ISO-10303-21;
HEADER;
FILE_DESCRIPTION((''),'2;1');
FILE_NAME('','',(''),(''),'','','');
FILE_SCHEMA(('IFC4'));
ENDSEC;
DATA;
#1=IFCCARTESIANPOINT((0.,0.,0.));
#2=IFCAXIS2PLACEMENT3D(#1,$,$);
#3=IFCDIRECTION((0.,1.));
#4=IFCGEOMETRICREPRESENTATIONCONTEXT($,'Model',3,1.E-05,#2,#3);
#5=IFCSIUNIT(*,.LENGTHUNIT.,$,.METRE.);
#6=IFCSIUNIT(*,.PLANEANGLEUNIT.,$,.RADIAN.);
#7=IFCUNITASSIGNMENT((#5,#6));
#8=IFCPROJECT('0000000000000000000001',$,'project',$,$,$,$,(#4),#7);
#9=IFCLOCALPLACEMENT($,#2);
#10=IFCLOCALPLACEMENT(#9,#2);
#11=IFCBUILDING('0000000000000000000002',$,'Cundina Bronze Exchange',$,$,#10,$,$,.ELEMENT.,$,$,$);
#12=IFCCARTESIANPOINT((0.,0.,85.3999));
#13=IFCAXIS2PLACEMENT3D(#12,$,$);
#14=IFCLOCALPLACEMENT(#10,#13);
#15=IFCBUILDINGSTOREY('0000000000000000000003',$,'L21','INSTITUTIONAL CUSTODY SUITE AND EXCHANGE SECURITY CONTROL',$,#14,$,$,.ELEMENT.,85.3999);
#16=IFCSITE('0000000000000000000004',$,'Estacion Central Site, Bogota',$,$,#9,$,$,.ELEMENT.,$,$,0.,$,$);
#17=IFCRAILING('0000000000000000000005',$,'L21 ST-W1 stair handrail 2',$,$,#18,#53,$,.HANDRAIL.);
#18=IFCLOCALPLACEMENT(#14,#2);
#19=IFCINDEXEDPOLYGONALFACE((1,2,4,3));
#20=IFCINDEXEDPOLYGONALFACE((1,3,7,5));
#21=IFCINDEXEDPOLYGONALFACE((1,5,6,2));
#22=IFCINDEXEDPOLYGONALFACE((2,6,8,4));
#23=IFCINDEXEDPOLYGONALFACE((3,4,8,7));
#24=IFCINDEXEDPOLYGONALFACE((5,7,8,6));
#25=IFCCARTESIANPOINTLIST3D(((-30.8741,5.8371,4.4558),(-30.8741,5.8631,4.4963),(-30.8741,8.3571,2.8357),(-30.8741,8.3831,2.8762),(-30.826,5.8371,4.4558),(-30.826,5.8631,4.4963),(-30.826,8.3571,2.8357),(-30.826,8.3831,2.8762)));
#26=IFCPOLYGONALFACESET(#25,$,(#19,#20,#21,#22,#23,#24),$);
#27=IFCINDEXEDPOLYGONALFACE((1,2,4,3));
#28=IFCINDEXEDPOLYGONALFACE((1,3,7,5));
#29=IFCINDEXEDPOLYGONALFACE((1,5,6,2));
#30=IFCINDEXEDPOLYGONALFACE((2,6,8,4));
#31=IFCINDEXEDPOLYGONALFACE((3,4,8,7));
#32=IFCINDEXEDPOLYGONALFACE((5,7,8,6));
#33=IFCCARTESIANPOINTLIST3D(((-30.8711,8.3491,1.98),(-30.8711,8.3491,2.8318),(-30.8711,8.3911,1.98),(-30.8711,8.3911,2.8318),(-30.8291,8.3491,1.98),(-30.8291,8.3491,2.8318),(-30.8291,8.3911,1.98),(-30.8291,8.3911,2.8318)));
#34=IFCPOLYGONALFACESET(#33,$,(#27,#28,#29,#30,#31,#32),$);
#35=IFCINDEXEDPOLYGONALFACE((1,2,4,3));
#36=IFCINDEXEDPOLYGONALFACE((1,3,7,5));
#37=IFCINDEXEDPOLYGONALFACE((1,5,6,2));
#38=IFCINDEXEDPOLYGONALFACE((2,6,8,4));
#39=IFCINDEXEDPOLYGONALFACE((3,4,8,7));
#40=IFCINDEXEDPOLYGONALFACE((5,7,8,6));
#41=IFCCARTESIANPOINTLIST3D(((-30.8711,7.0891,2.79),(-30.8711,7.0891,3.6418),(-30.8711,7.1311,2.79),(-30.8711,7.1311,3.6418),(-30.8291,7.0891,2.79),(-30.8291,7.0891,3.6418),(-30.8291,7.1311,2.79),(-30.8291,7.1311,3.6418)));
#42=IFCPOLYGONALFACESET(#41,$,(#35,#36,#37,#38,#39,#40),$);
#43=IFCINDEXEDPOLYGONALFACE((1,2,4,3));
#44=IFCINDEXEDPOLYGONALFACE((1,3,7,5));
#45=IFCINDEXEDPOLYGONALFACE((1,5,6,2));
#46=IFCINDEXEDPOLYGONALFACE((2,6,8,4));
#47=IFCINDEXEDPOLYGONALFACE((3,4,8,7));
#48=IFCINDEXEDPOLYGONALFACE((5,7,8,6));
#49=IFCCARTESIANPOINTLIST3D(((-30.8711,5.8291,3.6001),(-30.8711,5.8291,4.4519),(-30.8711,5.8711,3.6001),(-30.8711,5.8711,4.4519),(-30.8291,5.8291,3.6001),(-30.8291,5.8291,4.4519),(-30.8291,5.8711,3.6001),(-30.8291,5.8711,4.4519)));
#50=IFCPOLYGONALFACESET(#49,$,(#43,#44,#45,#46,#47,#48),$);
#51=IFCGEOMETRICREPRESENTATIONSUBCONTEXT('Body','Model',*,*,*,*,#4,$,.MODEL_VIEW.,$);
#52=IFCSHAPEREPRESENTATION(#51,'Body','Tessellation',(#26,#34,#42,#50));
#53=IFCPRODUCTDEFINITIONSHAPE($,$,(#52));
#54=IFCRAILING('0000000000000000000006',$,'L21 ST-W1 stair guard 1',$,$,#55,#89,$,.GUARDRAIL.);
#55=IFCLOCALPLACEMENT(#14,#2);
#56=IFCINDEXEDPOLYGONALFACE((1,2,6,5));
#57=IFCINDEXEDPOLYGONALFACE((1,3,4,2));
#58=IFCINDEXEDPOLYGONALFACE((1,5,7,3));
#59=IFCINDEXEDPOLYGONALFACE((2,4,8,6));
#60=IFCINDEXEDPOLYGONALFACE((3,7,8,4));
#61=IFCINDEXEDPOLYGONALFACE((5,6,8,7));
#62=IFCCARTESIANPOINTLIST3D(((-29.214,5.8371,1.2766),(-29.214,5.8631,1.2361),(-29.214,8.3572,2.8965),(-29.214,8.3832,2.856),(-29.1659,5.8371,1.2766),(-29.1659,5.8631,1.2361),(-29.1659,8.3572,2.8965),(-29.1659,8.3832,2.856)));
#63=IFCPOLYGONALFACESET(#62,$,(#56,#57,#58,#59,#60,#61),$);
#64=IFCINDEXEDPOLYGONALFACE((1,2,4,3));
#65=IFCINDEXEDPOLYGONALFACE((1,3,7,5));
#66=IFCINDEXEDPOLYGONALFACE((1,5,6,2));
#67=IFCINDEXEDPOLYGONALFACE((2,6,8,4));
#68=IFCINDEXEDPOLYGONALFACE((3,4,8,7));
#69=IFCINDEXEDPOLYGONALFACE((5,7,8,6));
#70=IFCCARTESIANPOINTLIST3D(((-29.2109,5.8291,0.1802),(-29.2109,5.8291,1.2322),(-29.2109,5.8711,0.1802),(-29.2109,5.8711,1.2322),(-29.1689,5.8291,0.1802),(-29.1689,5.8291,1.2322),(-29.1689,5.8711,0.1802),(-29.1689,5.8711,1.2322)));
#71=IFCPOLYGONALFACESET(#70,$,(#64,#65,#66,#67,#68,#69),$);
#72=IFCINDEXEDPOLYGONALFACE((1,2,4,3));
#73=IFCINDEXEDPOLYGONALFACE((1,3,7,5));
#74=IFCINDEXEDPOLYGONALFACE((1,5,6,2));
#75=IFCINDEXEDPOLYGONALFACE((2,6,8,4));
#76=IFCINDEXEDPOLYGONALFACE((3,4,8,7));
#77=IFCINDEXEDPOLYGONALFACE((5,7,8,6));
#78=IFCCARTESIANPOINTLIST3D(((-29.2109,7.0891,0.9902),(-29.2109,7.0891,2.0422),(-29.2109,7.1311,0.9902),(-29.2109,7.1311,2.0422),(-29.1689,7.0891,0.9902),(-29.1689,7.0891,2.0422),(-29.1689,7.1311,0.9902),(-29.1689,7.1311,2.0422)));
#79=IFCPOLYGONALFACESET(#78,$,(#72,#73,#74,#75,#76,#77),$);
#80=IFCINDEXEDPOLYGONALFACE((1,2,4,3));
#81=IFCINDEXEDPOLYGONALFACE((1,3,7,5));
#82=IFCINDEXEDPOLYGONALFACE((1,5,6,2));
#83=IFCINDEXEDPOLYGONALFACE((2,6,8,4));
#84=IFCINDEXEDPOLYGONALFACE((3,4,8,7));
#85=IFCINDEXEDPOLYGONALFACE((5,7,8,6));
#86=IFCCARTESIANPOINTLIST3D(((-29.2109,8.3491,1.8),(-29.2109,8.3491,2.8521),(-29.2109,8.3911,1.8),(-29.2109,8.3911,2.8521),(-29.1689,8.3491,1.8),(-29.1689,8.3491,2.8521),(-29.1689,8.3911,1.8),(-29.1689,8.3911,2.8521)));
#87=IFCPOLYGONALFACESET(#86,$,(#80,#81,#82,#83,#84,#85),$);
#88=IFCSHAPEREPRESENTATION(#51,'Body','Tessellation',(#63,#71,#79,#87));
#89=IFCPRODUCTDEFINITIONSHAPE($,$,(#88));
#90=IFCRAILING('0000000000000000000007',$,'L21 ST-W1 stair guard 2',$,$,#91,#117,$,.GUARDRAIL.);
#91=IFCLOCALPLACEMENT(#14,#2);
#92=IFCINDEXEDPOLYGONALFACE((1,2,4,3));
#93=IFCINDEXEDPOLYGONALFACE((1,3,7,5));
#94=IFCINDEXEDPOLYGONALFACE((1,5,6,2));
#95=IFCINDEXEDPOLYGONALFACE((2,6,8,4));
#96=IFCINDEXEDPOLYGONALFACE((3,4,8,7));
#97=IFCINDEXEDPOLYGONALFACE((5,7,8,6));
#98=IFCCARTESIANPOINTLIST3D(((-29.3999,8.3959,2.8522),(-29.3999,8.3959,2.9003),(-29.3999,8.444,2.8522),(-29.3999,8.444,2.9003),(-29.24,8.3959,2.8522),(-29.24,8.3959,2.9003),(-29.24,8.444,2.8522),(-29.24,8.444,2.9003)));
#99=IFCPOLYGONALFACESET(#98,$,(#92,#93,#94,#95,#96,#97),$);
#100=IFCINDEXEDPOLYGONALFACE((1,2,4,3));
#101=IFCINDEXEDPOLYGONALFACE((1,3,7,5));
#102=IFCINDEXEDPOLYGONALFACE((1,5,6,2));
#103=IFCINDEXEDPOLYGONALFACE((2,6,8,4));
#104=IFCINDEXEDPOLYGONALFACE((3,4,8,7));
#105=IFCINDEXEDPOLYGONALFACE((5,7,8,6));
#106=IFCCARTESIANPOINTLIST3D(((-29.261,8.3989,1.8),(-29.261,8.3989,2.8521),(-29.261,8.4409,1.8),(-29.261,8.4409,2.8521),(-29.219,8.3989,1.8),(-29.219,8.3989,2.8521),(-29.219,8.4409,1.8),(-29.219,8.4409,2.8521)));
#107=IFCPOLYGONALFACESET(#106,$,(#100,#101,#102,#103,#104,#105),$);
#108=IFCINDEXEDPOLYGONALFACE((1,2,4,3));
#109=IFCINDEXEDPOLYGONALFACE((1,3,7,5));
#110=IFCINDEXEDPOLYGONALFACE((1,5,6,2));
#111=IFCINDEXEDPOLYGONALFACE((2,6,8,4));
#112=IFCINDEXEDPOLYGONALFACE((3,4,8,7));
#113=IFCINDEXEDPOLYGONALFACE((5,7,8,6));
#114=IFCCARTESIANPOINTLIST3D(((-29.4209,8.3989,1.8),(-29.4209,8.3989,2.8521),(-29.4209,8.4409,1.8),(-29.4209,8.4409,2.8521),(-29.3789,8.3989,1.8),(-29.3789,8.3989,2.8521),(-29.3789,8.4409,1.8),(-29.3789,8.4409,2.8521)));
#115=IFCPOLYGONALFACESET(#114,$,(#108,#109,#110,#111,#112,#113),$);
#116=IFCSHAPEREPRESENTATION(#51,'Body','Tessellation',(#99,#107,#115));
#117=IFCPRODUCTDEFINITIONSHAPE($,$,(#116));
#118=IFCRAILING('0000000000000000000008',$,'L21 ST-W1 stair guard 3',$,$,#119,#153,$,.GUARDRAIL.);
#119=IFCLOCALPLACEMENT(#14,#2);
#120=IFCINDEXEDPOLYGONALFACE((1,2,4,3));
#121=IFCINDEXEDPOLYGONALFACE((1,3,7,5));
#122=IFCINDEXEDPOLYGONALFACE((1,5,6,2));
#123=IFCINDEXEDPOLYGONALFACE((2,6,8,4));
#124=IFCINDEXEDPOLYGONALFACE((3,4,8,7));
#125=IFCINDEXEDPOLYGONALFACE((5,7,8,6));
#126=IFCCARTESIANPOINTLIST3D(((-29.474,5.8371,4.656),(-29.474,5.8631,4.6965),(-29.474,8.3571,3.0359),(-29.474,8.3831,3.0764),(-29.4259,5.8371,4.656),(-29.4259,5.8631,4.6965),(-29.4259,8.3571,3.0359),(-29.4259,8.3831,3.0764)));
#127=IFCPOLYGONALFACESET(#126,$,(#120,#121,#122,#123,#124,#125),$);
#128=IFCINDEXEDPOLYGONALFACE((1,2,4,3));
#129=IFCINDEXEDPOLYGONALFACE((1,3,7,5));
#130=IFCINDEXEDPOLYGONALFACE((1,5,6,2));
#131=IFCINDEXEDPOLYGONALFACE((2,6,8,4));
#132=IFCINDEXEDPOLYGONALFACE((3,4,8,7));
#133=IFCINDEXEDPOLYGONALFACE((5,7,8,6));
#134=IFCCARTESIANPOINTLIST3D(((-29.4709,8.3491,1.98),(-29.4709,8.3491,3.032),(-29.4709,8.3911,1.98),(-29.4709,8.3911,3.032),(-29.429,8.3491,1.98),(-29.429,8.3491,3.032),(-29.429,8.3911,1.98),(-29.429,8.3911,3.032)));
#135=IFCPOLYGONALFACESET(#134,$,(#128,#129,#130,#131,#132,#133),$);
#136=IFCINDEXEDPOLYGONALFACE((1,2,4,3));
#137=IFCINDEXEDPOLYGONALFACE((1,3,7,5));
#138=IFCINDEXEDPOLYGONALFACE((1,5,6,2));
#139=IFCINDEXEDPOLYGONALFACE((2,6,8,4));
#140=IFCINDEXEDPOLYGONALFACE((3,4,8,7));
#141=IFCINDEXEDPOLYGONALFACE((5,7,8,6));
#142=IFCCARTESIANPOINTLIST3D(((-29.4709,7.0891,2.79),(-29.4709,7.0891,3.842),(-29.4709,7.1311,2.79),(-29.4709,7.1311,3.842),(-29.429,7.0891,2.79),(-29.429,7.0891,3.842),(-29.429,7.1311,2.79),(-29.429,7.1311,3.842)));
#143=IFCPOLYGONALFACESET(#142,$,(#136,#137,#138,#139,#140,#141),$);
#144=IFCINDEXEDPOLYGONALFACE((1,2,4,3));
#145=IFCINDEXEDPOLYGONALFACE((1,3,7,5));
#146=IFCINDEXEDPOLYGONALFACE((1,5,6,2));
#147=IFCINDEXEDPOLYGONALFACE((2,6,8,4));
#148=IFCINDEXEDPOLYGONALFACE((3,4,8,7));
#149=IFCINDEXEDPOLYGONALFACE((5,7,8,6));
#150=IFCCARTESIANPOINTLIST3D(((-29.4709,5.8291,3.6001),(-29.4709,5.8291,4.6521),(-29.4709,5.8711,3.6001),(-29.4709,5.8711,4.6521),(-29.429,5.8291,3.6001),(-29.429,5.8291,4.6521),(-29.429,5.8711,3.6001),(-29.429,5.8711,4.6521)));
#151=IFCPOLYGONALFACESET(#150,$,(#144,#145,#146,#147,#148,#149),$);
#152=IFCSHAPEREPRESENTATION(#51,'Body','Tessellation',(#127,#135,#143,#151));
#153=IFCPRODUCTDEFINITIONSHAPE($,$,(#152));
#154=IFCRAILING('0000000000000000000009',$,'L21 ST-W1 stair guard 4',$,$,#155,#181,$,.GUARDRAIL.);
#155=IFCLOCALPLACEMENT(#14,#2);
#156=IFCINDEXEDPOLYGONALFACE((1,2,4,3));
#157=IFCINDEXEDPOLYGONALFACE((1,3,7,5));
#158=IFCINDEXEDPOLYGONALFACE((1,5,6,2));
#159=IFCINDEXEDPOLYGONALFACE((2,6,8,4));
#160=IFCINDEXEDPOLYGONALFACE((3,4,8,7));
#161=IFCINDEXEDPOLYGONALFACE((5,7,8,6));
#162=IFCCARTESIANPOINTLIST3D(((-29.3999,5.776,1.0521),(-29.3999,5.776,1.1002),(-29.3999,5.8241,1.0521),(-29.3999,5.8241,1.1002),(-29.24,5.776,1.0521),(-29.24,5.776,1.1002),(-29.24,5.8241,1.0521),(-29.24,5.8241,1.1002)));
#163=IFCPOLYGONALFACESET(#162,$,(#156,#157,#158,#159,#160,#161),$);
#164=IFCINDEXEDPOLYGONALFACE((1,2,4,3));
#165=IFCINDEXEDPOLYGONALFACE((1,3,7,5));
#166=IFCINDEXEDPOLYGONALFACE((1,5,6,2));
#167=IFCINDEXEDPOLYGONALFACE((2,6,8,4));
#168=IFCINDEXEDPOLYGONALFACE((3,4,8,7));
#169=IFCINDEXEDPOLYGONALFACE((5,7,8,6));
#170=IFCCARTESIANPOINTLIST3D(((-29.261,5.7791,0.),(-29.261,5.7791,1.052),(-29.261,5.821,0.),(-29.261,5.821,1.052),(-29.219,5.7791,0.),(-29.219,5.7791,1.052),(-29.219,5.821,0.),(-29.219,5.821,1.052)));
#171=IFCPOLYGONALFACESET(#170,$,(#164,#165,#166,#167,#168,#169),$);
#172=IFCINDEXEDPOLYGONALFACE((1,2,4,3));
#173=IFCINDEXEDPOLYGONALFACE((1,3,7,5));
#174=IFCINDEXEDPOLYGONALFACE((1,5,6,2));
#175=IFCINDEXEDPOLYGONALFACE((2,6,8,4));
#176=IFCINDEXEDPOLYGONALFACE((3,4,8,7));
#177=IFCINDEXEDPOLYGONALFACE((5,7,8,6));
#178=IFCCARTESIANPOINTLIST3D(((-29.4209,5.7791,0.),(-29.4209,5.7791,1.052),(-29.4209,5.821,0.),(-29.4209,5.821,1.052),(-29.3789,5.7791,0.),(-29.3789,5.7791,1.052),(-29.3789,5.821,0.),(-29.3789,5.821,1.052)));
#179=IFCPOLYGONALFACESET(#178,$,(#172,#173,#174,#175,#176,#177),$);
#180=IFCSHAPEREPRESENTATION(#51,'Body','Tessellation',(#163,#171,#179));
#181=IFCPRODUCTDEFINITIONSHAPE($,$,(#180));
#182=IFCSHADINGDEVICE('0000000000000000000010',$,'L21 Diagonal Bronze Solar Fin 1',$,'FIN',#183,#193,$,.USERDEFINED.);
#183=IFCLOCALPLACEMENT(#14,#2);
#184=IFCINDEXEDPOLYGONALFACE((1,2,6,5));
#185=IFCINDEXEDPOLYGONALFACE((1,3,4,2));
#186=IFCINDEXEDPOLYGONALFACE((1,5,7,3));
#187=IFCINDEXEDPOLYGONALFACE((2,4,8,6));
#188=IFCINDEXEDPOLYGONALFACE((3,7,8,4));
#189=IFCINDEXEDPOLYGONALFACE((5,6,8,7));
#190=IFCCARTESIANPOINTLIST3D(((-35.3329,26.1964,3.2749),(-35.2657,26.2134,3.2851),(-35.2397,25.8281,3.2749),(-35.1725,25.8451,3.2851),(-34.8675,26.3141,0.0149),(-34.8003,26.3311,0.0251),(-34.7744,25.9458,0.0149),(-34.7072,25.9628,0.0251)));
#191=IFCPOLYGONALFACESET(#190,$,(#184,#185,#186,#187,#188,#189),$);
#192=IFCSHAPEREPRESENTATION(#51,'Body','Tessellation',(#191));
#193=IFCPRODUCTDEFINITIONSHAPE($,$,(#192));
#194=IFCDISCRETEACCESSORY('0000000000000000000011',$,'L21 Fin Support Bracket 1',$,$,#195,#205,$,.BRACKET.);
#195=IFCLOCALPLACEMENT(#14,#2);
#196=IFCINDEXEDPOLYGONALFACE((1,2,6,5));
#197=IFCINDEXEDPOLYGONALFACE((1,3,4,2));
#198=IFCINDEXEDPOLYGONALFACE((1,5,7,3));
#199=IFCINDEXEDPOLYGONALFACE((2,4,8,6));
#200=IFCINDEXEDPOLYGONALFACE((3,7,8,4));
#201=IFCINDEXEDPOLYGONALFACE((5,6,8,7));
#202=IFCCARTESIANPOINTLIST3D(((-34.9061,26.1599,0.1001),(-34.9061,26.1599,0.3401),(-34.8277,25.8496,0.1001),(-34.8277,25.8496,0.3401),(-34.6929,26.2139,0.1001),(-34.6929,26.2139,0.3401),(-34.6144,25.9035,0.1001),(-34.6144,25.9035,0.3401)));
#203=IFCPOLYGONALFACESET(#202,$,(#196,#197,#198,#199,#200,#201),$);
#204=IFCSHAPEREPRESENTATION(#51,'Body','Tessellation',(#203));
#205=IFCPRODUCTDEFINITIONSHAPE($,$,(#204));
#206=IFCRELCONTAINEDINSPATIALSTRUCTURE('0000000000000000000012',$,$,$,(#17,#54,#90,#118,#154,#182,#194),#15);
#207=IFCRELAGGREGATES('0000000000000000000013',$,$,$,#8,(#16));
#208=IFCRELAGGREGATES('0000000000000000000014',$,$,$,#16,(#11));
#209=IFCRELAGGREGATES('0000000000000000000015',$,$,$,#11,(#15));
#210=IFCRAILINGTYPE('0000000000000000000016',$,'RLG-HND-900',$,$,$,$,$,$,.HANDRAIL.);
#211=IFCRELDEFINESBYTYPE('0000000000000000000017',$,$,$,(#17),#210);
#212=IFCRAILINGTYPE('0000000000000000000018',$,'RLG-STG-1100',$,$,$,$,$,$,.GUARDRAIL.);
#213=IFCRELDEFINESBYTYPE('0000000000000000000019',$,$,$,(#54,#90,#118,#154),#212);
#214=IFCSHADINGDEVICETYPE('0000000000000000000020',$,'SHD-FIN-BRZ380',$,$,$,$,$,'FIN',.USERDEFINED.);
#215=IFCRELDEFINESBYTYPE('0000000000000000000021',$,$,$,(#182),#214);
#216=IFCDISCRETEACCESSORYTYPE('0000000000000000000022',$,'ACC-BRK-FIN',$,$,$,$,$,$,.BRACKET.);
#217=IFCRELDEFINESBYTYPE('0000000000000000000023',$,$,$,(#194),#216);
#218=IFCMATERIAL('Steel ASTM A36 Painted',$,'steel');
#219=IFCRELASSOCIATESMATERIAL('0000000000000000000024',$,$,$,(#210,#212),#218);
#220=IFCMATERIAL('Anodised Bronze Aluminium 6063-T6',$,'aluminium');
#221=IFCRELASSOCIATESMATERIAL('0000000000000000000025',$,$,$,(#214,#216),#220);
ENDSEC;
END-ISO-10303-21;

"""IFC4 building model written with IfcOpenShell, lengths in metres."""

from ifc_helpers import new_model, si_unit, direction, frame, origin, origin_2d, place, context, subcontext, project, spatial, rectangle, extrude, material, material_profile, profile_set, type_object, element, save


model = new_model("IFC4")

# Units and contexts
model_context = context("Model", 3, precision=1e-05, world=origin(), true_north=direction((0.0, 1.0)))
body_context = subcontext(model_context, "Body", "Model", "MODEL_VIEW")
ifc_project = project(units=[si_unit("LENGTHUNIT", "METRE"), si_unit("PLANEANGLEUNIT", "RADIAN")], contexts=[model_context])

# Site, building, storey
site_placement = place(None, origin())
site = spatial("IfcSite", under=ifc_project, at=site_placement, Name="Estacion Central Site, Bogota", CompositionType="ELEMENT", RefElevation=0.0)
building_placement = place(site_placement, origin())
building = spatial("IfcBuilding", under=site, at=building_placement, Name="Cundina Bronze Exchange", CompositionType="ELEMENT")
storey_placement = place(building_placement, frame((0.0, 0.0, 85.3999)))
storey = spatial("IfcBuildingStorey", under=building, at=storey_placement, Name="L21", Description="INSTITUTIONAL CUSTODY SUITE AND EXCHANGE SECURITY CONTROL", CompositionType="ELEMENT", Elevation=85.3999)

# Shared definitions
ifc_material_1 = material(Name="Anodised Bronze Aluminium 6063-T6", Category="aluminium")

# Shared definitions
ifc_material_2 = material(Name="Steel ASTM A36 Painted", Category="steel")

# Railings
railing_type_1 = type_object("IfcRailingType", Name="RLG-HND-900", PredefinedType="HANDRAIL", material=ifc_material_2)
railing_1_placement = place(storey_placement, frame((-30.8501, 8.3701, 1.98)))
element("IfcRailing", 1, at=railing_1_placement, inside=storey, type_object=railing_type_1, Name="L21 ST-W1 stair handrail 2", PredefinedType="HANDRAIL", context=body_context, shape_type="SweptSolid", body=[
    extrude(rectangle(XDim=0.0481, YDim=0.0481, at=origin_2d()), frame((0.0, 0.0, 0.876), z_axis=(0.0, -0.841163, 0.540782), x_axis=(1.0, 0.0, 0.0)), (0.0, 0.0, 1.0), 2.9958),
    extrude(rectangle(XDim=0.042, YDim=0.042, at=origin_2d()), origin(), (0.0, 0.0, 1.0), 0.8518),
    extrude(rectangle(XDim=0.042, YDim=0.042, at=origin_2d()), frame((0.0, -1.26, 0.8101)), (0.0, 0.0, 1.0), 0.8518),
    extrude(rectangle(XDim=0.042, YDim=0.042, at=origin_2d()), frame((0.0, -2.52, 1.6201)), (0.0, 0.0, 1.0), 0.8518),
])
railing_type_2 = type_object("IfcRailingType", Name="RLG-STG-1100", PredefinedType="GUARDRAIL", material=ifc_material_2)
railing_2_placement = place(storey_placement, frame((-29.1899, 5.8501, 0.1802)))
element("IfcRailing", 2, at=railing_2_placement, inside=storey, type_object=railing_type_2, Name="L21 ST-W1 stair guard 1", PredefinedType="GUARDRAIL", context=body_context, shape_type="SweptSolid", body=[
    extrude(rectangle(XDim=0.0481, YDim=0.0481, at=origin_2d()), frame((0.0, 0.0, 1.0762), z_axis=(0.0, 0.8412, 0.540725), x_axis=(-1.0, 0.0, 0.0)), (0.0, 0.0, 1.0), 2.9958),
    extrude(rectangle(XDim=0.042, YDim=0.042, at=origin_2d()), origin(), (0.0, 0.0, 1.0), 1.052),
    extrude(rectangle(XDim=0.042, YDim=0.042, at=origin_2d()), frame((0.0, 1.26, 0.8101)), (0.0, 0.0, 1.0), 1.052),
    extrude(rectangle(XDim=0.042, YDim=0.042, at=origin_2d()), frame((0.0, 2.52, 1.6199)), (0.0, 0.0, 1.0), 1.052),
])
railing_3_placement = place(storey_placement, frame((-29.24, 8.4199, 1.8)))
element("IfcRailing", 3, at=railing_3_placement, inside=storey, type_object=railing_type_2, Name="L21 ST-W1 stair guard 2", PredefinedType="GUARDRAIL", context=body_context, shape_type="SweptSolid", body=[
    extrude(rectangle(XDim=0.0481, YDim=0.0481, at=origin_2d()), frame((0.0, 0.0, 1.0762), z_axis=(-1.0, 0.0, 0.0), x_axis=(0.0, -1.0, 0.0)), (0.0, 0.0, 1.0), 0.1599),
    extrude(rectangle(XDim=0.042, YDim=0.042, at=origin_2d()), origin(), (0.0, 0.0, 1.0), 1.052),
    extrude(rectangle(XDim=0.042, YDim=0.042, at=origin_2d()), frame((-0.1599, 0.0, 0.0)), (0.0, 0.0, 1.0), 1.052),
])
railing_4_placement = place(storey_placement, frame((-29.45, 8.3701, 1.98)))
element("IfcRailing", 4, at=railing_4_placement, inside=storey, type_object=railing_type_2, Name="L21 ST-W1 stair guard 3", PredefinedType="GUARDRAIL", context=body_context, shape_type="SweptSolid", body=[
    extrude(rectangle(XDim=0.0481, YDim=0.0481, at=origin_2d()), frame((0.0, 0.0, 1.0762), z_axis=(0.0, -0.841163, 0.540782), x_axis=(1.0, 0.0, 0.0)), (0.0, 0.0, 1.0), 2.9958),
    extrude(rectangle(XDim=0.042, YDim=0.042, at=origin_2d()), origin(), (0.0, 0.0, 1.0), 1.052),
    extrude(rectangle(XDim=0.042, YDim=0.042, at=origin_2d()), frame((0.0, -1.26, 0.8101)), (0.0, 0.0, 1.0), 1.052),
    extrude(rectangle(XDim=0.042, YDim=0.042, at=origin_2d()), frame((0.0, -2.52, 1.6201)), (0.0, 0.0, 1.0), 1.052),
])
railing_5_placement = place(storey_placement, frame((-29.24, 5.8, 0.0)))
element("IfcRailing", 5, at=railing_5_placement, inside=storey, type_object=railing_type_2, Name="L21 ST-W1 stair guard 4", PredefinedType="GUARDRAIL", context=body_context, shape_type="SweptSolid", body=[
    extrude(rectangle(XDim=0.0481, YDim=0.0481, at=origin_2d()), frame((0.0, 0.0, 1.0762), z_axis=(-1.0, 0.0, 0.0), x_axis=(0.0, -1.0, 0.0)), (0.0, 0.0, 1.0), 0.1599),
    extrude(rectangle(XDim=0.042, YDim=0.042, at=origin_2d()), origin(), (0.0, 0.0, 1.0), 1.052),
    extrude(rectangle(XDim=0.042, YDim=0.042, at=origin_2d()), frame((-0.1599, 0.0, 0.0)), (0.0, 0.0, 1.0), 1.052),
])

# Shading device
ifc_material_profile_1 = material_profile(ifc_material_1, rectangle(XDim=0.0701, YDim=0.3799, at=origin_2d()), Name="FIN70X380", Category="aluminium")
ifc_profile_set_1 = profile_set([ifc_material_profile_1], Name="Anodised Bronze Aluminium 6063-T6")
shading_device_type = type_object("IfcShadingDeviceType", Name="SHD-FIN-BRZ380", ElementType="FIN", PredefinedType="USERDEFINED", material=ifc_profile_set_1)
shading_device_placement = place(storey_placement, frame((-34.7874, 26.1384, 0.02), z_axis=(-0.141217, -0.035712, 0.989334), x_axis=(0.959141, 0.242553, 0.145663)))
element("IfcShadingDevice", 6, at=shading_device_placement, inside=storey, type_object=shading_device_type, Name="L21 Diagonal Bronze Solar Fin 1", ObjectType="FIN", PredefinedType="USERDEFINED", context=body_context, shape_type="SweptSolid", body=[
    extrude(rectangle(XDim=0.0701, YDim=0.3799, at=origin_2d()), origin(), (0.0, 0.0, 1.0), 3.2952),
])

# Discrete accessory
discrete_accessory_type = type_object("IfcDiscreteAccessoryType", Name="ACC-BRK-FIN", PredefinedType="BRACKET", material=ifc_material_1)
discrete_accessory_placement = place(storey_placement, frame((-34.7603, 26.0317, 0.1001), z_axis=(0.0, 0.0, 1.0), x_axis=(-0.969488, -0.245138, 0.0)))
element("IfcDiscreteAccessory", 7, at=discrete_accessory_placement, inside=storey, type_object=discrete_accessory_type, Name="L21 Fin Support Bracket 1", PredefinedType="BRACKET", context=body_context, shape_type="SweptSolid", body=[
    extrude(rectangle(XDim=0.22, YDim=0.3201, at=origin_2d()), origin(), (0.0, 0.0, 1.0), 0.24),
])

save(model, "model.ifc")
